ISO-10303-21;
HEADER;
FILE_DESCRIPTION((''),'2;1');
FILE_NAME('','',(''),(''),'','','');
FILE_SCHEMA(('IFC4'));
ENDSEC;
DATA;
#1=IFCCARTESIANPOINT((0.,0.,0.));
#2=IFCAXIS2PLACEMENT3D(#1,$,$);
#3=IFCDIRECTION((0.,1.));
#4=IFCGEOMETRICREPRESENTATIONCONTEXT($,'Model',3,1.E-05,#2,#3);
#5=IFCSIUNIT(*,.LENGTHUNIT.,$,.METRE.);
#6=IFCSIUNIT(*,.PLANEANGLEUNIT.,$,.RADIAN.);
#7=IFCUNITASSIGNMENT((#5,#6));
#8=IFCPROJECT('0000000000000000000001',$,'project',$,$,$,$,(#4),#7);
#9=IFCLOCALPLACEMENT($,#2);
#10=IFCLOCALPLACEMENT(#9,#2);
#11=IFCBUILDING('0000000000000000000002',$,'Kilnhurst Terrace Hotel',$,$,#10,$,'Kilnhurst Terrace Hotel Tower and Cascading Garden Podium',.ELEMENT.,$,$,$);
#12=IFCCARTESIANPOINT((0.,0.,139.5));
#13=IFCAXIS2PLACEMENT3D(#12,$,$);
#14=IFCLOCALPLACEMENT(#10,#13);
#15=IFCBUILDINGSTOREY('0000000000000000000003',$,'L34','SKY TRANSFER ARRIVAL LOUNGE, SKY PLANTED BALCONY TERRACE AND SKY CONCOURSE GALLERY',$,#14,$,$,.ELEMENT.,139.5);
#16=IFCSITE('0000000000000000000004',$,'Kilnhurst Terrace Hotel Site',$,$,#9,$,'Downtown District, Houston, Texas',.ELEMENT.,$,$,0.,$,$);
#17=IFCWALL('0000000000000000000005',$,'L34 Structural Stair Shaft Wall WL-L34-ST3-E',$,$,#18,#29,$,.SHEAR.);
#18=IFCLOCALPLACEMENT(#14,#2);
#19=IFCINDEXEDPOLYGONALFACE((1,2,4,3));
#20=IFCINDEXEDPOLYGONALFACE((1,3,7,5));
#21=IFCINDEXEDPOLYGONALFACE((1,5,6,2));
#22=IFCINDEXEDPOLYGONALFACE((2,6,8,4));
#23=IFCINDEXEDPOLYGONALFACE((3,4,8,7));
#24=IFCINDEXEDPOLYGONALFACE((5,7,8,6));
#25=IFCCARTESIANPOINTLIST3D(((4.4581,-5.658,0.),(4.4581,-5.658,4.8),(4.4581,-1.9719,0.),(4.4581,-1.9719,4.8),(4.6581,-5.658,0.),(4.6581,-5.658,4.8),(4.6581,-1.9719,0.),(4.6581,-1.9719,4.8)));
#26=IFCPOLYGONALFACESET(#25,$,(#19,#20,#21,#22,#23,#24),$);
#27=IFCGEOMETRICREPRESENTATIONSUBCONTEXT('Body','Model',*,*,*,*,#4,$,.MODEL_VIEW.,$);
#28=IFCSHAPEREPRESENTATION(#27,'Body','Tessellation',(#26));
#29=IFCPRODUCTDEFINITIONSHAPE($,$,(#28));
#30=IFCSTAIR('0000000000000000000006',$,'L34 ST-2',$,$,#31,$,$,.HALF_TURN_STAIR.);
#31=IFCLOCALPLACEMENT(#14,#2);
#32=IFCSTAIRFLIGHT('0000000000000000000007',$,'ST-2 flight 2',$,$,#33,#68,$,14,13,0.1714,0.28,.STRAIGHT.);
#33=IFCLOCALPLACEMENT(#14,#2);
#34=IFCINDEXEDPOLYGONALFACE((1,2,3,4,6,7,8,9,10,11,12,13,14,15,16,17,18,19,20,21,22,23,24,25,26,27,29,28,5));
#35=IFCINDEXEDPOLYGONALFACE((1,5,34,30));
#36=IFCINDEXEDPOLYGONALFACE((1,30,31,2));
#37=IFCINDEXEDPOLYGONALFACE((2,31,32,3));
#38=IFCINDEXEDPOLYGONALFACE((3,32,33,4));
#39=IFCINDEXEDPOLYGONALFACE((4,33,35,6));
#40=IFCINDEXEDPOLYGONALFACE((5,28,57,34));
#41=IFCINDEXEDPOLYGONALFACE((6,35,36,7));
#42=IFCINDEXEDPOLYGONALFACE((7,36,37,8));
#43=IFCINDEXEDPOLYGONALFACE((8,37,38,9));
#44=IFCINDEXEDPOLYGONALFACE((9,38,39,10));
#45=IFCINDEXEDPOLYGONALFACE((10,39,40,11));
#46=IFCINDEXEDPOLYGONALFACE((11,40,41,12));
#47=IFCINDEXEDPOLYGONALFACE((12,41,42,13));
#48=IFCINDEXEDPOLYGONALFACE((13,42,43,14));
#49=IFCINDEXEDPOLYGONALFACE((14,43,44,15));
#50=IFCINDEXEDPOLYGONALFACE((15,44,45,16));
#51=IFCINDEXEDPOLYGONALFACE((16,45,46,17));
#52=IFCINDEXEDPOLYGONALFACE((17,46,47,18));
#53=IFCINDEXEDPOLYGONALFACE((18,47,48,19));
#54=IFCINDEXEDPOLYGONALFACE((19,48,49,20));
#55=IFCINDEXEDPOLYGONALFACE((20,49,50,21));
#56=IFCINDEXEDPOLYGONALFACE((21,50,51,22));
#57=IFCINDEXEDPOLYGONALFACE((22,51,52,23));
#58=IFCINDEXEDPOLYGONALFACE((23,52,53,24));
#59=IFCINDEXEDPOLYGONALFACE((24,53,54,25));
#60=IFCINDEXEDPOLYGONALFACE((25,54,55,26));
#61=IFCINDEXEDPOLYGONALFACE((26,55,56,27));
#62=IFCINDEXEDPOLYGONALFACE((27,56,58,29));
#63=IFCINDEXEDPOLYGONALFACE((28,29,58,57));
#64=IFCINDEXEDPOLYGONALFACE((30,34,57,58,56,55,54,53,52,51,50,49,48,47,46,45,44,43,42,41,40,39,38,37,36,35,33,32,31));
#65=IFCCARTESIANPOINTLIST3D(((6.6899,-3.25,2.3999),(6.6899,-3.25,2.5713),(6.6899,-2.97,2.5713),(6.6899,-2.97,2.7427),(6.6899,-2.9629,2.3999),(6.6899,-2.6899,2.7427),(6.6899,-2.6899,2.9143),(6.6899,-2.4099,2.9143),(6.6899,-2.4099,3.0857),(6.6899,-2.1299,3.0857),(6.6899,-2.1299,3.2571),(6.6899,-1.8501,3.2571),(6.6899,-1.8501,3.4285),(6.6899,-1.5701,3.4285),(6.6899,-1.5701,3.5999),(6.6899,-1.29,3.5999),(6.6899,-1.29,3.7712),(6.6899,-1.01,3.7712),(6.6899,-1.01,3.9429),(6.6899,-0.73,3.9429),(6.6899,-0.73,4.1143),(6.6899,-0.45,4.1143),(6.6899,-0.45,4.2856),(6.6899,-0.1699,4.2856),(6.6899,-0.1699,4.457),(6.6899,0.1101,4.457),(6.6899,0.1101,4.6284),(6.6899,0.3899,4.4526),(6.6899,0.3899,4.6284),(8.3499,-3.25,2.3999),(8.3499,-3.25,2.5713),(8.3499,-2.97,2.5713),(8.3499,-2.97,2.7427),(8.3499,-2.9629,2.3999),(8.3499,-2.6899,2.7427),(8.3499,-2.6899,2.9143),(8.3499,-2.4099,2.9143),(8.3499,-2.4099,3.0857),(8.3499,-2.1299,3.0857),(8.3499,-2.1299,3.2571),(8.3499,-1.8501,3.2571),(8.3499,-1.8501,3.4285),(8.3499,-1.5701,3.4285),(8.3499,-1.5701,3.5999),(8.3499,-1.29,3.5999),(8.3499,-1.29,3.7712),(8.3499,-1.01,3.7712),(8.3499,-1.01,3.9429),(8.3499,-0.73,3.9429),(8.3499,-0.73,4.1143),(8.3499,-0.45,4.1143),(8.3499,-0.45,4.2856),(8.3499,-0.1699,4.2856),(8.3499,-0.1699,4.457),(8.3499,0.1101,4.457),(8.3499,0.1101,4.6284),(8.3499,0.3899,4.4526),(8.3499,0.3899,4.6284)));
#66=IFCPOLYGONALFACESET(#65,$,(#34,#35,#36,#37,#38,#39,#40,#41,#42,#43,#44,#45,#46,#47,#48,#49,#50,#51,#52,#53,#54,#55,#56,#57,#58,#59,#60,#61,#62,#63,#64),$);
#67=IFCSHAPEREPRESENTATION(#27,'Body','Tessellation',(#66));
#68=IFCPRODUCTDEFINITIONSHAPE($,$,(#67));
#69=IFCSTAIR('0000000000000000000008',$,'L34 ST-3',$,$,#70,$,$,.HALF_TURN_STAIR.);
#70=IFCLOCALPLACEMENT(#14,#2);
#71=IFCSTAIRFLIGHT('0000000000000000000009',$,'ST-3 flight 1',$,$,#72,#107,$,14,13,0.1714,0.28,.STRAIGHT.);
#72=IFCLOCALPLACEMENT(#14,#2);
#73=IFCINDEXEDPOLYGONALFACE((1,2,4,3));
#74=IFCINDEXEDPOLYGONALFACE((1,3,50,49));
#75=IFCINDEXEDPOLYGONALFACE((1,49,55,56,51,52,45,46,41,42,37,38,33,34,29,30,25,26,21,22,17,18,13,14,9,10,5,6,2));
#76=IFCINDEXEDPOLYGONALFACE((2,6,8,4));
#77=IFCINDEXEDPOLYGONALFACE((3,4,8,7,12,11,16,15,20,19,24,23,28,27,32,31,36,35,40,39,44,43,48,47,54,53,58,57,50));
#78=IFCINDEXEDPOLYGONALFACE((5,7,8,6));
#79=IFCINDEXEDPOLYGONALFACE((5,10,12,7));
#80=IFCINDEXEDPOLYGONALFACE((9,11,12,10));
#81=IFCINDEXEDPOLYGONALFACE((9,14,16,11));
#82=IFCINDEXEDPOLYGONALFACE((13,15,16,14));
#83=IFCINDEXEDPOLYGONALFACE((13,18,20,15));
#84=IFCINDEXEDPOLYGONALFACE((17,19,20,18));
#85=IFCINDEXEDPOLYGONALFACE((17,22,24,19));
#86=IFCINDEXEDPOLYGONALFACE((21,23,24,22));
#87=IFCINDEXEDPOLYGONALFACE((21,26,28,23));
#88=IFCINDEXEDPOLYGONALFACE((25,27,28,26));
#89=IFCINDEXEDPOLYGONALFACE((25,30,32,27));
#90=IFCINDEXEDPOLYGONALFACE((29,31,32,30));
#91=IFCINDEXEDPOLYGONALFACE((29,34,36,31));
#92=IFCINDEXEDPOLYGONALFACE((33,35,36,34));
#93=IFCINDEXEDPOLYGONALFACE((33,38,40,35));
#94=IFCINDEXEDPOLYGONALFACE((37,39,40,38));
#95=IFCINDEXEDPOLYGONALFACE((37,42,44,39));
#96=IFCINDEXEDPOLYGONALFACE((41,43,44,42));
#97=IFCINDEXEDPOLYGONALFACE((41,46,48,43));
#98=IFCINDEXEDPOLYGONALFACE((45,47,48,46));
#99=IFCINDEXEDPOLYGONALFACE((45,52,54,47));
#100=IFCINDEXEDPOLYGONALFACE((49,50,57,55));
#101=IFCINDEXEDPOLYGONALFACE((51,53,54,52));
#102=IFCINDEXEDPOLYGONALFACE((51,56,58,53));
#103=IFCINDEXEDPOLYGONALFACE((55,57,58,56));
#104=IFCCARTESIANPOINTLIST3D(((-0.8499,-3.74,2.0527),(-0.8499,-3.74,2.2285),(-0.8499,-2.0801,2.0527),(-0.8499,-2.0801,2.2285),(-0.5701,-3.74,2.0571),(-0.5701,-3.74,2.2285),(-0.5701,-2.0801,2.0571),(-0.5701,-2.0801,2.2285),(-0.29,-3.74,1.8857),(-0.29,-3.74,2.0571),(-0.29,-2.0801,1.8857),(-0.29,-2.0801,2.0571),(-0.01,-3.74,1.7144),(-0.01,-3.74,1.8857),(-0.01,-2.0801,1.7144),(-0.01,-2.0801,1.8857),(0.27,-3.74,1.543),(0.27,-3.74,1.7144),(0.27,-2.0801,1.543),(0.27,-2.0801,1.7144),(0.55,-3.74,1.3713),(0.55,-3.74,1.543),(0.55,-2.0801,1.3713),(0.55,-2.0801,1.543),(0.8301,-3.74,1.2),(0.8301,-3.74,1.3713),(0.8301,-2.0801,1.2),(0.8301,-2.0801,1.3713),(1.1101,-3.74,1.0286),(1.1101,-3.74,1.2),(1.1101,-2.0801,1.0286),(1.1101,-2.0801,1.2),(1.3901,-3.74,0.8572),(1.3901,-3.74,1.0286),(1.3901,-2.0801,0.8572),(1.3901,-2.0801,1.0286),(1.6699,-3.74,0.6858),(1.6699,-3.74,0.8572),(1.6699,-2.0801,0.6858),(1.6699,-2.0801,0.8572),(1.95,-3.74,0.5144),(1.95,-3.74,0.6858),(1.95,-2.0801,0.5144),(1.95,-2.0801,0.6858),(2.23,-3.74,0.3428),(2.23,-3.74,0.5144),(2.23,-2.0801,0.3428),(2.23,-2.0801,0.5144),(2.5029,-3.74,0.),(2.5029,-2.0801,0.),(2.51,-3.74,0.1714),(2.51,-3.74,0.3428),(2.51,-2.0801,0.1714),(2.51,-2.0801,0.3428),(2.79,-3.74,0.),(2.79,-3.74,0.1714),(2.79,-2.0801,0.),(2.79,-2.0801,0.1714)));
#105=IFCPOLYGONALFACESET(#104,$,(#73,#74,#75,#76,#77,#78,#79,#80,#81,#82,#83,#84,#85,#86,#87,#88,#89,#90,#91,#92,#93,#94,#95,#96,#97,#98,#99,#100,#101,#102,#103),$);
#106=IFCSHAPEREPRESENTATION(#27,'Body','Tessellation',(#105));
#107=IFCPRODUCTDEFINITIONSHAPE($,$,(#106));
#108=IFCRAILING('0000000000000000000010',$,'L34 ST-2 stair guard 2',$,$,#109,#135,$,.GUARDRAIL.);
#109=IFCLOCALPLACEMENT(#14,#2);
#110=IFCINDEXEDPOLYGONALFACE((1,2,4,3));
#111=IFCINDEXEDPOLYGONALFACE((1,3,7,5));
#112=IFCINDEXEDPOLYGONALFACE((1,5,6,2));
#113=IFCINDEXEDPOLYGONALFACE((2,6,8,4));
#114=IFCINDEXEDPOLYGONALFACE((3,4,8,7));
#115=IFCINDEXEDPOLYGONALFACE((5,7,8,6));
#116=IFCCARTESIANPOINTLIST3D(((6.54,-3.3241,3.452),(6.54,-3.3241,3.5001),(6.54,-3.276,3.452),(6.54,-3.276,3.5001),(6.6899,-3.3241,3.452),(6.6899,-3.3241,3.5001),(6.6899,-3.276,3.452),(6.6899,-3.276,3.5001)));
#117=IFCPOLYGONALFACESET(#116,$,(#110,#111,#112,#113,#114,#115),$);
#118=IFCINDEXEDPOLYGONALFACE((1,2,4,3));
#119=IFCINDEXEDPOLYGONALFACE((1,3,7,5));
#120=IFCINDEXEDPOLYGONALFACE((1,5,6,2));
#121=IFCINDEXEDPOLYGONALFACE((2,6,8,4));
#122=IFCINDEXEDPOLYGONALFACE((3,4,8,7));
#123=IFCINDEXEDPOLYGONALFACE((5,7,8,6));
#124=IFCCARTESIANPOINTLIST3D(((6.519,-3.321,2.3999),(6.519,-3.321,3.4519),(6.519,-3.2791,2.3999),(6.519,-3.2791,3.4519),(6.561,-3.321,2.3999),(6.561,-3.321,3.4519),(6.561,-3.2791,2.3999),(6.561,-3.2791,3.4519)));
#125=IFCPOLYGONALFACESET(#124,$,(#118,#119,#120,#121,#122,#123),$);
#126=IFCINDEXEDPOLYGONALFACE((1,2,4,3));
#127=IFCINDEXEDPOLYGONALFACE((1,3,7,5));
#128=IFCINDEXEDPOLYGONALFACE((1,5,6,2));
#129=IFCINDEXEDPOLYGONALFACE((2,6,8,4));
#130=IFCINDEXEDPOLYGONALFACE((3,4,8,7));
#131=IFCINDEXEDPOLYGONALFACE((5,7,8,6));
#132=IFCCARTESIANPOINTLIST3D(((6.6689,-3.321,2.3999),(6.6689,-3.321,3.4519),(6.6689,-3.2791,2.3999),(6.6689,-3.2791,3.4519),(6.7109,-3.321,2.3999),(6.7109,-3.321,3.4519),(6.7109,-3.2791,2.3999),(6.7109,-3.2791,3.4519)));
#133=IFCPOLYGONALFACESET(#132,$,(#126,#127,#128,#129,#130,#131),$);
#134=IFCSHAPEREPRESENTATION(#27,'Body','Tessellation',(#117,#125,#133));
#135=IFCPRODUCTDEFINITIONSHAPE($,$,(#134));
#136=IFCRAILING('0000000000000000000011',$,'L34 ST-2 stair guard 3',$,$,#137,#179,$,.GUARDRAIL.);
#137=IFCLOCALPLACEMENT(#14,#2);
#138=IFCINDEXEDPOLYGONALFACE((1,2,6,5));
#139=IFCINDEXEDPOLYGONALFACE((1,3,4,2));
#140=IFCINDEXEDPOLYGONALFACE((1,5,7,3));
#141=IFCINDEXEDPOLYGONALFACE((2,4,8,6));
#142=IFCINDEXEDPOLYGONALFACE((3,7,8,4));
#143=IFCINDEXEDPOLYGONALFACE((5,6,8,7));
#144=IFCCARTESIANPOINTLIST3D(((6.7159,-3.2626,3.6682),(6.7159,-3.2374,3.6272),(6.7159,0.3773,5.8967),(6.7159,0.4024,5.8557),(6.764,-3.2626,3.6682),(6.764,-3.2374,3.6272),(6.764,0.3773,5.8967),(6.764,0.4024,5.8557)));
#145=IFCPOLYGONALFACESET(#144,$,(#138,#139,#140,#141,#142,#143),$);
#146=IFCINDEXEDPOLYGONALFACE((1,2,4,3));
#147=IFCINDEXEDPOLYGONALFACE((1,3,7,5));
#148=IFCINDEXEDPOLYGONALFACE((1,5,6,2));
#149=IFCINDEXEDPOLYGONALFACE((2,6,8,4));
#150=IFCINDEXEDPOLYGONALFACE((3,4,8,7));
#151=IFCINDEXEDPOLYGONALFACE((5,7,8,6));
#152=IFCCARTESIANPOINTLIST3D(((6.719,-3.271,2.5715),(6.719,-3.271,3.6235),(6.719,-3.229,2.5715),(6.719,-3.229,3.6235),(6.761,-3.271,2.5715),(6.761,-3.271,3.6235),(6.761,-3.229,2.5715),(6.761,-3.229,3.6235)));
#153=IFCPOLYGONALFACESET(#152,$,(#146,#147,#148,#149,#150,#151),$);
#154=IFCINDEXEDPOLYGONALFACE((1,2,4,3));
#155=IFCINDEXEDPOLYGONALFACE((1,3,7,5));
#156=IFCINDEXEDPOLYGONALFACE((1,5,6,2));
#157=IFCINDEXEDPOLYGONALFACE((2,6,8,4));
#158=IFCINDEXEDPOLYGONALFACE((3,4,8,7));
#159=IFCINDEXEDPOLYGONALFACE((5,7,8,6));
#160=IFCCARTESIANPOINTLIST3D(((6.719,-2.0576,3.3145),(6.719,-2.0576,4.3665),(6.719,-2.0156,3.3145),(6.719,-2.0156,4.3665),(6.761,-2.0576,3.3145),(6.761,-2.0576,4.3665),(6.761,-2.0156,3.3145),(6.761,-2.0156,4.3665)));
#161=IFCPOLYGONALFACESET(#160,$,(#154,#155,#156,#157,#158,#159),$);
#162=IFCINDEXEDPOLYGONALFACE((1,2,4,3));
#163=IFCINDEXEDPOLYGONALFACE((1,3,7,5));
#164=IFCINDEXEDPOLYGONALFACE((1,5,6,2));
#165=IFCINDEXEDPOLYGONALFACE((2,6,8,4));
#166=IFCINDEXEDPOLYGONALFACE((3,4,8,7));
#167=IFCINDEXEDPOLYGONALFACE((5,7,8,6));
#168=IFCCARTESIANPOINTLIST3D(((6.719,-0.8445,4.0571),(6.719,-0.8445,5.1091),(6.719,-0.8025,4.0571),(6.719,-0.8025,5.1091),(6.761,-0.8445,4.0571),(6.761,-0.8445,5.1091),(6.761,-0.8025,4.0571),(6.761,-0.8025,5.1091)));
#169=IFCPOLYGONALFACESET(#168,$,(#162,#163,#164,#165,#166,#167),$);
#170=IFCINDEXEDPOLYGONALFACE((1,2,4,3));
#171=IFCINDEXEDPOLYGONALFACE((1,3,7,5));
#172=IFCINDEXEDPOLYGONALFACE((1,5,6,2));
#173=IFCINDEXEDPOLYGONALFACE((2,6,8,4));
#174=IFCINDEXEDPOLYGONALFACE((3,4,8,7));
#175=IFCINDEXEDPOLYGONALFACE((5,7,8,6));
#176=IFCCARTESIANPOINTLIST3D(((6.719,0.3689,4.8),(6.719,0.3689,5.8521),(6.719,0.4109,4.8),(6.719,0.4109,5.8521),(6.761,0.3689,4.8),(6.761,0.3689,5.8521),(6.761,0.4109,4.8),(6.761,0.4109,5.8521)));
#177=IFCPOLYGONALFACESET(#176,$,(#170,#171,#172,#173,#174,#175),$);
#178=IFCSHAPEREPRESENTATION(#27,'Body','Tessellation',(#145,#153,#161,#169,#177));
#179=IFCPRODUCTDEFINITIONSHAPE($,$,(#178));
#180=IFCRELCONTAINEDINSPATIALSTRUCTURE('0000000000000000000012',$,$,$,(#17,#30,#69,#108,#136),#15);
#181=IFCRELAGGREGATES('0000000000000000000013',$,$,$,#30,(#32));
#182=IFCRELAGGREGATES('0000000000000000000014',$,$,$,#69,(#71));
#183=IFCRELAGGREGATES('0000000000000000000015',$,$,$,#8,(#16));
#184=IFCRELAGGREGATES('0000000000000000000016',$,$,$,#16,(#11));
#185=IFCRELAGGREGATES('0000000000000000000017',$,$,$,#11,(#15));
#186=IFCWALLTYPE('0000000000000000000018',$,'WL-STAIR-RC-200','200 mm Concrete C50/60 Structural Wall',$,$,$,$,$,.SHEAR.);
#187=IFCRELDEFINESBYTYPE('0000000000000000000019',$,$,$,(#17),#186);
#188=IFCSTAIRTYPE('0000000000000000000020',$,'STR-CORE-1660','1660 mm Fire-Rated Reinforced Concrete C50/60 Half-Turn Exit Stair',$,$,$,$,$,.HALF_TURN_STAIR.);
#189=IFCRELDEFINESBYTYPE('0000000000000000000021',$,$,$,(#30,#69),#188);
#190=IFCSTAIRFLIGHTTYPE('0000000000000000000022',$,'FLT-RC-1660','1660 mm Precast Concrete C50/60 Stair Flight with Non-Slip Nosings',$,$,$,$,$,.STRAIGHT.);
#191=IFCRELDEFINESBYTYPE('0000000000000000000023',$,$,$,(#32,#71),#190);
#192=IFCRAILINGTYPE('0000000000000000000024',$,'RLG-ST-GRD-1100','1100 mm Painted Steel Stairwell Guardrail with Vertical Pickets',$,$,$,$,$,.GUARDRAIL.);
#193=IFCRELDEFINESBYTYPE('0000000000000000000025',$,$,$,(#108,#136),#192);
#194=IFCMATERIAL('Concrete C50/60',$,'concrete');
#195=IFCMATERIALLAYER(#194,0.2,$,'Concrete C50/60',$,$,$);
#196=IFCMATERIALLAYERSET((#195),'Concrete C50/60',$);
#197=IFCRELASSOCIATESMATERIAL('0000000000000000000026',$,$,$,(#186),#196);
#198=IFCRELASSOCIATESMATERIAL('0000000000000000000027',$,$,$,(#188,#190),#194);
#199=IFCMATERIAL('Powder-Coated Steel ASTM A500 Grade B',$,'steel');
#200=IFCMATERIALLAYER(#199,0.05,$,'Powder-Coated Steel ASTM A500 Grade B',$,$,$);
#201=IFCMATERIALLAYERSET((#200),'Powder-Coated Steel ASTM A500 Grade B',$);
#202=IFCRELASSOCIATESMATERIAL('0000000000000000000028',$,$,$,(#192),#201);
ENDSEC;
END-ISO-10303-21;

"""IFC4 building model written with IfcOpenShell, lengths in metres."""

from ifc_helpers import new_model, si_unit, direction, frame, frame_2d, origin, origin_2d, place, context, subcontext, project, spatial, polyline, rectangle, outline, extrude, material, layer, layer_set, type_object, element, aggregate, save


model = new_model("IFC4")

# Units and contexts
model_context = context("Model", 3, precision=1e-05, world=origin(), true_north=direction((0.0, 1.0)))
body_context = subcontext(model_context, "Body", "Model", "MODEL_VIEW")
ifc_project = project(units=[si_unit("LENGTHUNIT", "METRE"), si_unit("PLANEANGLEUNIT", "RADIAN")], contexts=[model_context])

# Site, building, storey
site_placement = place(None, origin())
site = spatial("IfcSite", under=ifc_project, at=site_placement, Name="Kilnhurst Terrace Hotel Site", LongName="Downtown District, Houston, Texas", CompositionType="ELEMENT", RefElevation=0.0)
building_placement = place(site_placement, origin())
building = spatial("IfcBuilding", under=site, at=building_placement, Name="Kilnhurst Terrace Hotel", LongName="Kilnhurst Terrace Hotel Tower and Cascading Garden Podium", CompositionType="ELEMENT")
storey_placement = place(building_placement, frame((0.0, 0.0, 139.5)))
storey = spatial("IfcBuildingStorey", under=building, at=storey_placement, Name="L34", Description="SKY TRANSFER ARRIVAL LOUNGE, SKY PLANTED BALCONY TERRACE AND SKY CONCOURSE GALLERY", CompositionType="ELEMENT", Elevation=139.5)

# Shared definitions
ifc_material_1 = material(Name="Concrete C50/60", Category="concrete")

# Wall
ifc_layer_1 = layer(ifc_material_1, 0.2, Name="Concrete C50/60")
ifc_layer_set_1 = layer_set([ifc_layer_1], Name="Concrete C50/60")
wall_type_1 = type_object("IfcWallType", Name="WL-STAIR-RC-200", Description="200 mm Concrete C50/60 Structural Wall", PredefinedType="SHEAR", material=ifc_layer_set_1)
for number, where, z_axis, x_axis, name in (
    (1, (4.5581, -5.658, 0.0), (0.0, 0.0, 1.0), (0.0, 1.0, 0.0), "L34 Structural Stair Shaft Wall WL-L34-ST3-E"),
):
    element("IfcWall", number, at=place(storey_placement, frame(where, z_axis=z_axis, x_axis=x_axis)), inside=storey, type_object=wall_type_1, Name=name, PredefinedType="SHEAR", context=body_context, shape_type="SweptSolid", body=[
        extrude(rectangle(XDim=3.686, YDim=0.2, at=frame_2d((1.843, 0.0))), origin(), (0.0, 0.0, 1.0), 4.8),
    ])

# Stairs, stair flights
stair_type = type_object("IfcStairType", Name="STR-CORE-1660", Description="1660 mm Fire-Rated Reinforced Concrete C50/60 Half-Turn Exit Stair", PredefinedType="HALF_TURN_STAIR", material=ifc_material_1)
stair_1_placement = place(storey_placement, origin())
stair_1 = element("IfcStair", 2, at=stair_1_placement, inside=storey, type_object=stair_type, Name="L34 ST-2", PredefinedType="HALF_TURN_STAIR")
stair_flight_type = type_object("IfcStairFlightType", Name="FLT-RC-1660", Description="1660 mm Precast Concrete C50/60 Stair Flight with Non-Slip Nosings", PredefinedType="STRAIGHT", material=ifc_material_1)
stair_flight_1_placement = place(storey_placement, frame((7.52, -3.25, 2.3999), z_axis=(0.0, 0.0, 1.0), x_axis=(0.0, 1.0, 0.0)))
stair_flight_1 = element("IfcStairFlight", 3, at=stair_flight_1_placement, type_object=stair_flight_type, Name="ST-2 flight 2", NumberOfRisers=14, NumberOfTreads=13, PredefinedType="STRAIGHT", RiserHeight=0.1714, TreadLength=0.28, context=body_context, shape_type="SweptSolid", body=[
    extrude(outline(polyline([(0.0, 0.0), (0.0, 0.1714), (0.28, 0.1714), (0.28, 0.3428), (0.5601, 0.3428), (0.5601, 0.5144), (0.8401, 0.5144), (0.8401, 0.6858), (1.1201, 0.6858), (1.1201, 0.8572), (1.3999, 0.8572), (1.3999, 1.0286), (1.6799, 1.0286), (1.6799, 1.2), (1.96, 1.2), (1.96, 1.3713), (2.24, 1.3713), (2.24, 1.543), (2.52, 1.543), (2.52, 1.7144), (2.8, 1.7144), (2.8, 1.8857), (3.0801, 1.8857), (3.0801, 2.0571), (3.3601, 2.0571), (3.3601, 2.2285), (3.6399, 2.2285), (3.6399, 2.3999), (3.6399, 2.0527), (0.2871, 0.0), (0.0, 0.0)])), frame((0.0, 0.8301, 0.0), z_axis=(0.0, -1.0, 0.0), x_axis=(1.0, 0.0, 0.0)), (0.0, 0.0, 1.0), 1.6599),
])
aggregate(stair_1, [stair_flight_1])
stair_2_placement = place(storey_placement, origin())
stair_2 = element("IfcStair", 4, at=stair_2_placement, inside=storey, type_object=stair_type, Name="L34 ST-3", PredefinedType="HALF_TURN_STAIR")
stair_flight_2_placement = place(storey_placement, frame((2.79, -2.9099, 0.0), z_axis=(0.0, 0.0, 1.0), x_axis=(-1.0, 0.0, 0.0)))
stair_flight_2 = element("IfcStairFlight", 5, at=stair_flight_2_placement, type_object=stair_flight_type, Name="ST-3 flight 1", NumberOfRisers=14, NumberOfTreads=13, PredefinedType="STRAIGHT", RiserHeight=0.1714, TreadLength=0.28, context=body_context, shape_type="SweptSolid", body=[
    extrude(outline(polyline([(0.0, 0.0), (0.0, 0.1714), (0.28, 0.1714), (0.28, 0.3428), (0.5601, 0.3428), (0.5601, 0.5144), (0.8401, 0.5144), (0.8401, 0.6858), (1.1201, 0.6858), (1.1201, 0.8572), (1.3999, 0.8572), (1.3999, 1.0286), (1.6799, 1.0286), (1.6799, 1.2), (1.96, 1.2), (1.96, 1.3713), (2.24, 1.3713), (2.24, 1.543), (2.52, 1.543), (2.52, 1.7144), (2.8, 1.7144), (2.8, 1.8857), (3.0801, 1.8857), (3.0801, 2.0571), (3.3601, 2.0571), (3.3601, 2.2285), (3.6399, 2.2285), (3.6399, 2.3999), (3.6399, 2.0527), (0.2871, 0.0), (0.0, 0.0)])), frame((0.0, 0.8301, 0.0), z_axis=(0.0, -1.0, 0.0), x_axis=(1.0, 0.0, 0.0)), (0.0, 0.0, 1.0), 1.6599),
])
aggregate(stair_2, [stair_flight_2])

# Railings
ifc_material_2 = material(Name="Powder-Coated Steel ASTM A500 Grade B", Category="steel")
ifc_layer_2 = layer(ifc_material_2, 0.05, Name="Powder-Coated Steel ASTM A500 Grade B")
ifc_layer_set_2 = layer_set([ifc_layer_2], Name="Powder-Coated Steel ASTM A500 Grade B")
railing_type_1 = type_object("IfcRailingType", Name="RLG-ST-GRD-1100", Description="1100 mm Painted Steel Stairwell Guardrail with Vertical Pickets", PredefinedType="GUARDRAIL", material=ifc_layer_set_2)
railing_1_placement = place(storey_placement, frame((6.54, -3.3, 2.3999)))
element("IfcRailing", 6, at=railing_1_placement, inside=storey, type_object=railing_type_1, Name="L34 ST-2 stair guard 2", PredefinedType="GUARDRAIL", context=body_context, shape_type="SweptSolid", body=[
    extrude(rectangle(XDim=0.0481, YDim=0.0481, at=origin_2d()), frame((0.0, 0.0, 1.0762), z_axis=(1.0, 0.0, 0.0), x_axis=(0.0, 1.0, 0.0)), (0.0, 0.0, 1.0), 0.1499),
    extrude(rectangle(XDim=0.042, YDim=0.042, at=origin_2d()), origin(), (0.0, 0.0, 1.0), 1.052),
    extrude(rectangle(XDim=0.042, YDim=0.042, at=origin_2d()), frame((0.1499, 0.0, 0.0)), (0.0, 0.0, 1.0), 1.052),
])
railing_2_placement = place(storey_placement, frame((6.74, -3.25, 2.5715)))
element("IfcRailing", 7, at=railing_2_placement, inside=storey, type_object=railing_type_1, Name="L34 ST-2 stair guard 3", PredefinedType="GUARDRAIL", context=body_context, shape_type="SweptSolid", body=[
    extrude(rectangle(XDim=0.0481, YDim=0.0481, at=origin_2d()), frame((0.0, 0.0, 1.0762), z_axis=(0.0, 0.85285, 0.522156), x_axis=(-1.0, 0.0, 0.0)), (0.0, 0.0, 1.0), 4.2678),
    extrude(rectangle(XDim=0.042, YDim=0.042, at=origin_2d()), origin(), (0.0, 0.0, 1.0), 1.052),
    extrude(rectangle(XDim=0.042, YDim=0.042, at=origin_2d()), frame((0.0, 1.2134, 0.7429)), (0.0, 0.0, 1.0), 1.052),
    extrude(rectangle(XDim=0.042, YDim=0.042, at=origin_2d()), frame((0.0, 2.4265, 1.4856)), (0.0, 0.0, 1.0), 1.052),
    extrude(rectangle(XDim=0.042, YDim=0.042, at=origin_2d()), frame((0.0, 3.6399, 2.2285)), (0.0, 0.0, 1.0), 1.052),
])

save(model, "model.ifc")
